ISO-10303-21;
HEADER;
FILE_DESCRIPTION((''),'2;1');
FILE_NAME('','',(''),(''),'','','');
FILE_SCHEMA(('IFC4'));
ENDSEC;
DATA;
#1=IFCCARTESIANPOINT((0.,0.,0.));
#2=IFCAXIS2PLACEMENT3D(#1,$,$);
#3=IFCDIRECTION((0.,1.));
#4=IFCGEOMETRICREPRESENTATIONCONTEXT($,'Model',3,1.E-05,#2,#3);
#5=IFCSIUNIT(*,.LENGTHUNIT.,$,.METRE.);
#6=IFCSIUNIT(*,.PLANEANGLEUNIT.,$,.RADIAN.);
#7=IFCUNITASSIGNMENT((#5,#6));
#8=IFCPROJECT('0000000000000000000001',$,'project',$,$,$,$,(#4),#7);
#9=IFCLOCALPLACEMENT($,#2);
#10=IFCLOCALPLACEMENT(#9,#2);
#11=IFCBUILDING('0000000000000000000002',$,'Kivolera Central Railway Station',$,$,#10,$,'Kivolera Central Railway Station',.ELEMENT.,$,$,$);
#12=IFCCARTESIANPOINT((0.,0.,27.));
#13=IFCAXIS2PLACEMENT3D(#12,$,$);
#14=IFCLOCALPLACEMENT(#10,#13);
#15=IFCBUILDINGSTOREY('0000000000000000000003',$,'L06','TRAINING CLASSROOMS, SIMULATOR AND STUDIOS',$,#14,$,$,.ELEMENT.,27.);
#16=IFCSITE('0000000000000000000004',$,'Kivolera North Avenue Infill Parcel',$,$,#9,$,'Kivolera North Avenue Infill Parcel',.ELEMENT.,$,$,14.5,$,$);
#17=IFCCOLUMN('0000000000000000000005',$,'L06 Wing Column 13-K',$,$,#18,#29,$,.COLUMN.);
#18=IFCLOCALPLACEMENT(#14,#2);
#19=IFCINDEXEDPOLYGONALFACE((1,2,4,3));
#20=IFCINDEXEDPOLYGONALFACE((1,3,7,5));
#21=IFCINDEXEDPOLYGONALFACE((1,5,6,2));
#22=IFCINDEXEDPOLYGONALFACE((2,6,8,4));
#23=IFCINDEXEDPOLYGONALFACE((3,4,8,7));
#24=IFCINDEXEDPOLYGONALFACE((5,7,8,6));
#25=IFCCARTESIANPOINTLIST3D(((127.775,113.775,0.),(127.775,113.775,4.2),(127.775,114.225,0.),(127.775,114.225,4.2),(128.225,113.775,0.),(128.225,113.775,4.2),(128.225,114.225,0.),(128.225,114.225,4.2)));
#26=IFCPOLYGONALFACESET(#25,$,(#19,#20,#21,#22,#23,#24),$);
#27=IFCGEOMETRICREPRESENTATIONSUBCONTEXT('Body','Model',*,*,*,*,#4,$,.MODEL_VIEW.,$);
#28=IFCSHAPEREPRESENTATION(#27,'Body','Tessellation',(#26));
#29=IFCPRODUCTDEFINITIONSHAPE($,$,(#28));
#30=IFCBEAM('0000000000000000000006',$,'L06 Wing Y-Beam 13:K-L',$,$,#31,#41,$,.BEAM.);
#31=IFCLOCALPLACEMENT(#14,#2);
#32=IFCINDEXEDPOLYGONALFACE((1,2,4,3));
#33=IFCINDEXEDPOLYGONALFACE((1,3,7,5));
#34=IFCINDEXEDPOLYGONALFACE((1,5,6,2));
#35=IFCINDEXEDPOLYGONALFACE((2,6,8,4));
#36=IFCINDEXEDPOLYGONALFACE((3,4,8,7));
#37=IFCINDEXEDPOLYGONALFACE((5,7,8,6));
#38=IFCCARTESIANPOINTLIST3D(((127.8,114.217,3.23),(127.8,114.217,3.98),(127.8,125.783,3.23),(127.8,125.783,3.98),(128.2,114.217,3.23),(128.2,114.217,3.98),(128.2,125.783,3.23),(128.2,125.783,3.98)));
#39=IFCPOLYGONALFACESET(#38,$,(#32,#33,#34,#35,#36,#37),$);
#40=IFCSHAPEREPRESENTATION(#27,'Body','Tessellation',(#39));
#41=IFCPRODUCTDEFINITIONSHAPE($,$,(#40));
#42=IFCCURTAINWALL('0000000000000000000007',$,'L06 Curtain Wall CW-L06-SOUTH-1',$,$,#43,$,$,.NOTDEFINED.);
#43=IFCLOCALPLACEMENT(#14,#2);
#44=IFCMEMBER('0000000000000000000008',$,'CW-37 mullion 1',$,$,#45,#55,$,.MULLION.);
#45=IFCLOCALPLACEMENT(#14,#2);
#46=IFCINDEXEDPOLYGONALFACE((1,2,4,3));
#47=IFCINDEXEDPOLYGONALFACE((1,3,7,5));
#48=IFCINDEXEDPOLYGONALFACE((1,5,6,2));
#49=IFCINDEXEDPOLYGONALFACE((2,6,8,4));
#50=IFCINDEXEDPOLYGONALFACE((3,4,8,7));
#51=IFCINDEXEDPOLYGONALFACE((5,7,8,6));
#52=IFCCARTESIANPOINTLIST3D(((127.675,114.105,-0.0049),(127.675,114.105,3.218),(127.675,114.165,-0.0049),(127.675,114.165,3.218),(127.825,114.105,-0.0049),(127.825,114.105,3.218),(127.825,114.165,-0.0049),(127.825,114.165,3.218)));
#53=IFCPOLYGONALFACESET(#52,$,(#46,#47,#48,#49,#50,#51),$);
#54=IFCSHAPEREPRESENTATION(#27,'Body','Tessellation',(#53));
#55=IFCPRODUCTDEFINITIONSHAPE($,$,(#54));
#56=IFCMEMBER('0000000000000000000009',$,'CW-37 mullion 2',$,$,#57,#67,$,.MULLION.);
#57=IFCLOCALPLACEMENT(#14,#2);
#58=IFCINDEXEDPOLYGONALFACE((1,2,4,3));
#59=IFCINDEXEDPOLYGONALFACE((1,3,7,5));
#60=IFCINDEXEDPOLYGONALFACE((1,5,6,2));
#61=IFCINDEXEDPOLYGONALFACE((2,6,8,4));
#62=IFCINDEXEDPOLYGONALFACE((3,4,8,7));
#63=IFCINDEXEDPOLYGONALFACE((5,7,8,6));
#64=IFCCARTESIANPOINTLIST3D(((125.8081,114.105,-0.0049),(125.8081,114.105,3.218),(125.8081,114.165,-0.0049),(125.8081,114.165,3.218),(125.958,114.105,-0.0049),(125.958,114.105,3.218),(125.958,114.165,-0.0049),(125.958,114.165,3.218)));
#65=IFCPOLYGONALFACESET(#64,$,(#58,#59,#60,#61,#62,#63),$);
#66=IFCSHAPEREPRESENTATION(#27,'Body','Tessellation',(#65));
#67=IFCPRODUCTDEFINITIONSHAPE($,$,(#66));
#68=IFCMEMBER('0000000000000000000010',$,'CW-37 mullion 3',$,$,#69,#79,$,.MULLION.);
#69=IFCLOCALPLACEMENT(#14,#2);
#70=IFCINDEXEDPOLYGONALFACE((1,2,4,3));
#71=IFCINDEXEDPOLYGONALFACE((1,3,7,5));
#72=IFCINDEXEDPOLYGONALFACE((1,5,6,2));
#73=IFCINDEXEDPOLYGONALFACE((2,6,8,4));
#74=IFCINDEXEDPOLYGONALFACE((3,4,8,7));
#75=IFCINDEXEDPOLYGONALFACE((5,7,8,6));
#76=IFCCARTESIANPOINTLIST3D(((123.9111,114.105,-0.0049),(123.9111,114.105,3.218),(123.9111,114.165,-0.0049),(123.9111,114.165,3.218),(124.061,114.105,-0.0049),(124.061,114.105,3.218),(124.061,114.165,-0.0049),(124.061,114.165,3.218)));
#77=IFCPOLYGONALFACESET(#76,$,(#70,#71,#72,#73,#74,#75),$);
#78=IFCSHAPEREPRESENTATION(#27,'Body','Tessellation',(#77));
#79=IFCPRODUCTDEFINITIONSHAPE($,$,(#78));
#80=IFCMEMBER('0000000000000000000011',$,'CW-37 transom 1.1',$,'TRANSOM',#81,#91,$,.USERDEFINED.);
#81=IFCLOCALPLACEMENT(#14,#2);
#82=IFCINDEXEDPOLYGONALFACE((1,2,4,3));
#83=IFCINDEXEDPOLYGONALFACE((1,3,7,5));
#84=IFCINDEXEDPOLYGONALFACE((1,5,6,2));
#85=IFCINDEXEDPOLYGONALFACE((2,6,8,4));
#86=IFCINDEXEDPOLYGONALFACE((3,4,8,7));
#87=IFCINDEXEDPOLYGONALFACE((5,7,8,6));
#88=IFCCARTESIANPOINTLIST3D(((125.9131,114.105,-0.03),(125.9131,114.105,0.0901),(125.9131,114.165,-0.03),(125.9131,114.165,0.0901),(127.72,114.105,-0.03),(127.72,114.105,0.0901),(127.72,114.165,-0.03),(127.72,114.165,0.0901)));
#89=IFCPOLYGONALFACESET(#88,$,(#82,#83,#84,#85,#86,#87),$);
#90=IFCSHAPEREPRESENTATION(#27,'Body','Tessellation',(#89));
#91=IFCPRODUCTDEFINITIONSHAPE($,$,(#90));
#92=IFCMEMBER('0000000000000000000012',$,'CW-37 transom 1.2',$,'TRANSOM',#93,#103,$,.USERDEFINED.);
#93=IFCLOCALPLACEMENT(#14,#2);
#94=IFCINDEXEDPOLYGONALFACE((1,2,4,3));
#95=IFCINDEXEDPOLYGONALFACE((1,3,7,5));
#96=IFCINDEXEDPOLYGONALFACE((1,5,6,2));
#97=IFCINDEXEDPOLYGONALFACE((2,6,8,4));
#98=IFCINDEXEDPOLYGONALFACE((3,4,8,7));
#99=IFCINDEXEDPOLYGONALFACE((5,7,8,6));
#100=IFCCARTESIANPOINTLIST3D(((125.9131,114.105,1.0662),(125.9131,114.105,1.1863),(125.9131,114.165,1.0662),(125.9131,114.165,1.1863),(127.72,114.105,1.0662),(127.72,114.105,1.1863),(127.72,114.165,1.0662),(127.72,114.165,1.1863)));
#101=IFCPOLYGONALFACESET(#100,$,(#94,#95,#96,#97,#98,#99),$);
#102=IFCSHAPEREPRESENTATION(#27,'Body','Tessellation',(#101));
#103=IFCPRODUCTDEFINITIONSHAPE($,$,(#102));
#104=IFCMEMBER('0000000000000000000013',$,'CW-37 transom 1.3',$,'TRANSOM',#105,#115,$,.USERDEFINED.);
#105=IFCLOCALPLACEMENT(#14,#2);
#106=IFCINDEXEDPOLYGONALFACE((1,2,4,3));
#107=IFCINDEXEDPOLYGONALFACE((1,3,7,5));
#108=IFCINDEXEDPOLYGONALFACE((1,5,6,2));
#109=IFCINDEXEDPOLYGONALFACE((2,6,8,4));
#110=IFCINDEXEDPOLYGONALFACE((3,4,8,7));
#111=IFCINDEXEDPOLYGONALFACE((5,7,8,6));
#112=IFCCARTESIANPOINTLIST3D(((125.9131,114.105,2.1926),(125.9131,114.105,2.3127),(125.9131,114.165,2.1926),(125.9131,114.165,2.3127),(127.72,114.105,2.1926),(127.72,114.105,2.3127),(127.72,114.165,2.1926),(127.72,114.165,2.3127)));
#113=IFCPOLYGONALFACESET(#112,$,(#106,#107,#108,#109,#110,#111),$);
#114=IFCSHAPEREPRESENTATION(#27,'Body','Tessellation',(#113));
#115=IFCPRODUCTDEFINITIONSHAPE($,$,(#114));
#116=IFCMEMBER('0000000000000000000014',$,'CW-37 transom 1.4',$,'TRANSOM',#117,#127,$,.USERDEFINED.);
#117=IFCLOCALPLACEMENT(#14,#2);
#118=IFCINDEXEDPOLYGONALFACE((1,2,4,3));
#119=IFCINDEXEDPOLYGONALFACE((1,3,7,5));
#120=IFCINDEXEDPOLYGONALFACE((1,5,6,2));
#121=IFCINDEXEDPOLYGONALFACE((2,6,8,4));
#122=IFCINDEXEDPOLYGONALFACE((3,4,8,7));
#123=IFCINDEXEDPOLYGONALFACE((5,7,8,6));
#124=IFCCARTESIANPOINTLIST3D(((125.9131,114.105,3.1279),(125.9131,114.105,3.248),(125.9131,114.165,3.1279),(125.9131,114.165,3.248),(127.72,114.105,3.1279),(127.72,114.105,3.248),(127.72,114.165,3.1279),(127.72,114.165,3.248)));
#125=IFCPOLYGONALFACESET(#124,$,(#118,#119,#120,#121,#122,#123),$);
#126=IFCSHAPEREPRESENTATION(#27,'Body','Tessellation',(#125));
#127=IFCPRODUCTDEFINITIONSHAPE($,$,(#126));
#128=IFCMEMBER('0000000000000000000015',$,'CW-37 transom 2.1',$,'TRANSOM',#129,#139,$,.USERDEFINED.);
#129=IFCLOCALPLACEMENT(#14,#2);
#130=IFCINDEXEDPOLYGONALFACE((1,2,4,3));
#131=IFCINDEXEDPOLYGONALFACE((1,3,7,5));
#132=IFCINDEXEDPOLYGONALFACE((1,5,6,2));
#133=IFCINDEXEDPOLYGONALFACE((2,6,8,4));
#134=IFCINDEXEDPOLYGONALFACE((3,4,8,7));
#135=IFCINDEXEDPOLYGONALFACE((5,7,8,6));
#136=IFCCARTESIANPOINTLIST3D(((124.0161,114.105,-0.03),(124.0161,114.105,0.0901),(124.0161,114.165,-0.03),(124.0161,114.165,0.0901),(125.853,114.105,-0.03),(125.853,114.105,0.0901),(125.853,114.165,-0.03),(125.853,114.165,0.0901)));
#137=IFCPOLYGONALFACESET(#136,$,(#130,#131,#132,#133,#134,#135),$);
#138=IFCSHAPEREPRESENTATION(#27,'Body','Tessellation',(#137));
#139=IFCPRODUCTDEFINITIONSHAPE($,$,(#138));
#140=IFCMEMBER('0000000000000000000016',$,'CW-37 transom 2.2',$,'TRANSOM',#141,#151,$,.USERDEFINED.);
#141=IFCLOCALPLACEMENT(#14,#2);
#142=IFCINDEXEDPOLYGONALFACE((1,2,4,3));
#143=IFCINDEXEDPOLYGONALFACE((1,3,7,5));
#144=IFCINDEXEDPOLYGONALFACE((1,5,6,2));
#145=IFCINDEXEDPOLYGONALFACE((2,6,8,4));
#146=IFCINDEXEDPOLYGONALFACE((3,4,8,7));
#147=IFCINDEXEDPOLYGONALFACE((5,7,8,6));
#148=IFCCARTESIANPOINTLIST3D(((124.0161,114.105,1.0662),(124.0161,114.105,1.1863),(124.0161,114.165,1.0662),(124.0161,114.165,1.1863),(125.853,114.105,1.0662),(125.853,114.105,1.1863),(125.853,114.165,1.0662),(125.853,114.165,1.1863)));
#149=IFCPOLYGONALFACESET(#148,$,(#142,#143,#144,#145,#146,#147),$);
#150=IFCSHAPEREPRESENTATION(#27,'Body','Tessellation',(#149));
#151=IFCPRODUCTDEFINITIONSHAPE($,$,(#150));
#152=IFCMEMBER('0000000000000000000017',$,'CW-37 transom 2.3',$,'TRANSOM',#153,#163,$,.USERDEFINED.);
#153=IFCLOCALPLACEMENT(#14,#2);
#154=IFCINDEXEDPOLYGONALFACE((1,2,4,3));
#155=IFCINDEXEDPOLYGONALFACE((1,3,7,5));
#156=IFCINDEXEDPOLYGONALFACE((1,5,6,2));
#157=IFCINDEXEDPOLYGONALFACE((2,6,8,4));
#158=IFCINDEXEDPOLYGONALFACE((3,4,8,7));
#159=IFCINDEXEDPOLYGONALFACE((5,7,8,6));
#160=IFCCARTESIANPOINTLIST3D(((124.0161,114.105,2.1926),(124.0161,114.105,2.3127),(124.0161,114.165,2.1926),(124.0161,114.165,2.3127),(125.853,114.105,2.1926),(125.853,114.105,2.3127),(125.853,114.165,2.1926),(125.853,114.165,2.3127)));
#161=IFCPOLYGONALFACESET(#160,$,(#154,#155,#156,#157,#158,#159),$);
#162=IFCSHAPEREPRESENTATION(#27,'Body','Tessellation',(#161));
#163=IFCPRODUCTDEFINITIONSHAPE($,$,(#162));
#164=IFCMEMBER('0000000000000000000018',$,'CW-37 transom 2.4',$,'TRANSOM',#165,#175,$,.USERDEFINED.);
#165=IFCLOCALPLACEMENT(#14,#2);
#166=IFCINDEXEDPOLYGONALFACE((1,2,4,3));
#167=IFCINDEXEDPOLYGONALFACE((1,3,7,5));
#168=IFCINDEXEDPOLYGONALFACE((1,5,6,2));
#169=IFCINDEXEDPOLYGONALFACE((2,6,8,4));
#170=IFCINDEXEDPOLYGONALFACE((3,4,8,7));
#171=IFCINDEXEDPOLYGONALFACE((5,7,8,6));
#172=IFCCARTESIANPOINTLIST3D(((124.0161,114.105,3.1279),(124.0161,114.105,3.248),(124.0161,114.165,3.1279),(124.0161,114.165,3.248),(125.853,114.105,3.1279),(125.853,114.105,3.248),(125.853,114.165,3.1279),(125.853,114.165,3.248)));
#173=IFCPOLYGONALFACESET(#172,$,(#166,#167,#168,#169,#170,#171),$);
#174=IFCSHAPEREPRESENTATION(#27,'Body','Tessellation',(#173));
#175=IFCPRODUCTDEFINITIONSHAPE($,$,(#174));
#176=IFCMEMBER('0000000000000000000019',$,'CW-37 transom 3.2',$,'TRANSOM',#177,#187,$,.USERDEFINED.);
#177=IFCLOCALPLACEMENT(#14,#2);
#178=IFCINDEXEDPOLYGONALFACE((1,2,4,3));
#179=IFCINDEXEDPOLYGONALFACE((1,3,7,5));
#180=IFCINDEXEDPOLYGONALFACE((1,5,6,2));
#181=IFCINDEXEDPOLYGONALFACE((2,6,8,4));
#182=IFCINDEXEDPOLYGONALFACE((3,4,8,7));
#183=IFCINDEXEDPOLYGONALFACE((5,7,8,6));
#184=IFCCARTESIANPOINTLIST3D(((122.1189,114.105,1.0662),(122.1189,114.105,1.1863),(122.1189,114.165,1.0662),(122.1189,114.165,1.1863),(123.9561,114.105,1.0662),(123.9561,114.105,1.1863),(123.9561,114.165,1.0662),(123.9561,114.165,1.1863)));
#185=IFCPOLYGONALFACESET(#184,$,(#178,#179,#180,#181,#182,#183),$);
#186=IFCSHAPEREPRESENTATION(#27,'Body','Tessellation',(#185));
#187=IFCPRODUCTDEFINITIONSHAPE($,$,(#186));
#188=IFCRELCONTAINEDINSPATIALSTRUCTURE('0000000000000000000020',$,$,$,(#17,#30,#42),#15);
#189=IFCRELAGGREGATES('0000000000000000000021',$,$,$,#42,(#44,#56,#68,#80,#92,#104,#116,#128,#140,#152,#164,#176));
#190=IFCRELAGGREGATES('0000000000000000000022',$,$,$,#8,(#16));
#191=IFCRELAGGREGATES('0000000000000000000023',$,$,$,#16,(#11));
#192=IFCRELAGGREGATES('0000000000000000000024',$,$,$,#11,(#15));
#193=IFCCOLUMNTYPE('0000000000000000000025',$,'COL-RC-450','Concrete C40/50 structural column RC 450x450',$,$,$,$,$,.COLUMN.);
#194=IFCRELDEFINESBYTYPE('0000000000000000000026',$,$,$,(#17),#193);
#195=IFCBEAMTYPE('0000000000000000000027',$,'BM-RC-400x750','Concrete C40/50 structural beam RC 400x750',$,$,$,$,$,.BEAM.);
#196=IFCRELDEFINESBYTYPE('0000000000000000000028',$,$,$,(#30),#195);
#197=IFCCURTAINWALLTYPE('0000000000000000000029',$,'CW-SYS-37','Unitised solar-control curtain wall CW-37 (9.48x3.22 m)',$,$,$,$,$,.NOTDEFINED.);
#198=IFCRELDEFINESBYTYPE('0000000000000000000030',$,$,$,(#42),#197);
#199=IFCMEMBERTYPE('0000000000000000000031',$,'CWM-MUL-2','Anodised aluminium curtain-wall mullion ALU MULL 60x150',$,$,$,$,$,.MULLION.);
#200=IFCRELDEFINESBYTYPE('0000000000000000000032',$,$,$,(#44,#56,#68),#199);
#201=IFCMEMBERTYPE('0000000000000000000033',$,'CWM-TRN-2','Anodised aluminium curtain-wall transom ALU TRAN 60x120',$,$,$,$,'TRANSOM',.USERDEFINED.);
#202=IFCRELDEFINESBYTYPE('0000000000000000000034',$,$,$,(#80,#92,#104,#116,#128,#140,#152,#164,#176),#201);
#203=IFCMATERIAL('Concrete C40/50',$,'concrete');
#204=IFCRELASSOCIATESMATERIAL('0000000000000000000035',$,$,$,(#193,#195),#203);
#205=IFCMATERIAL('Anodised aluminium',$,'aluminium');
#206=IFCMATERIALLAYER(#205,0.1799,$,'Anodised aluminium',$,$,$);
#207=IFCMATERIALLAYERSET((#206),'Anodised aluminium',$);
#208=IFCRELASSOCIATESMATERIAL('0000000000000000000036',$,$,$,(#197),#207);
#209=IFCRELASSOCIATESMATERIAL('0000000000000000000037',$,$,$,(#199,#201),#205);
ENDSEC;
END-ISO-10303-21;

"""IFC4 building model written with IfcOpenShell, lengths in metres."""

from ifc_helpers import new_model, si_unit, direction, frame, origin, origin_2d, place, context, subcontext, project, spatial, rectangle, extrude, material, layer, layer_set, material_profile, profile_set, type_object, element, aggregate, save


model = new_model("IFC4")

# Units and contexts
model_context = context("Model", 3, precision=1e-05, world=origin(), true_north=direction((0.0, 1.0)))
body_context = subcontext(model_context, "Body", "Model", "MODEL_VIEW")
ifc_project = project(units=[si_unit("LENGTHUNIT", "METRE"), si_unit("PLANEANGLEUNIT", "RADIAN")], contexts=[model_context])

# Site, building, storey
site_placement = place(None, origin())
site = spatial("IfcSite", under=ifc_project, at=site_placement, Name="Kivolera North Avenue Infill Parcel", LongName="Kivolera North Avenue Infill Parcel", CompositionType="ELEMENT", RefElevation=14.5)
building_placement = place(site_placement, origin())
building = spatial("IfcBuilding", under=site, at=building_placement, Name="Kivolera Central Railway Station", LongName="Kivolera Central Railway Station", CompositionType="ELEMENT")
storey_placement = place(building_placement, frame((0.0, 0.0, 27.0)))
storey = spatial("IfcBuildingStorey", under=building, at=storey_placement, Name="L06", Description="TRAINING CLASSROOMS, SIMULATOR AND STUDIOS", CompositionType="ELEMENT", Elevation=27.0)

# Column
ifc_material_1 = material(Name="Concrete C40/50", Category="concrete")
ifc_material_profile_1 = material_profile(ifc_material_1, rectangle(XDim=0.45, YDim=0.45, at=origin_2d()), Name="RC 450x450")
ifc_profile_set_1 = profile_set([ifc_material_profile_1], Name="Concrete C40/50")
column_type = type_object("IfcColumnType", Name="COL-RC-450", Description="Concrete C40/50 structural column RC 450x450", PredefinedType="COLUMN", material=ifc_profile_set_1)
column_placement = place(storey_placement, frame((128.0, 114.0, 0.0), z_axis=(0.0, 0.0, 1.0), x_axis=(1.0, 0.0, 0.0)))
element("IfcColumn", 1, at=column_placement, inside=storey, type_object=column_type, Name="L06 Wing Column 13-K", PredefinedType="COLUMN", context=body_context, shape_type="SweptSolid", body=[
    extrude(rectangle(XDim=0.45, YDim=0.45, at=origin_2d()), origin(), (0.0, 0.0, 1.0), 4.2),
])

# Beam
ifc_material_profile_2 = material_profile(ifc_material_1, rectangle(XDim=0.3999, YDim=0.75, at=origin_2d()), Name="RC 400x750")
ifc_profile_set_2 = profile_set([ifc_material_profile_2], Name="Concrete C40/50")
beam_type = type_object("IfcBeamType", Name="BM-RC-400x750", Description="Concrete C40/50 structural beam RC 400x750", PredefinedType="BEAM", material=ifc_profile_set_2)
beam_placement = place(storey_placement, frame((128.0, 114.217, 3.605), z_axis=(0.0, 1.0, 0.0), x_axis=(-1.0, 0.0, 0.0)))
element("IfcBeam", 2, at=beam_placement, inside=storey, type_object=beam_type, Name="L06 Wing Y-Beam 13:K-L", PredefinedType="BEAM", context=body_context, shape_type="SweptSolid", body=[
    extrude(rectangle(XDim=0.3999, YDim=0.75, at=origin_2d()), origin(), (0.0, 0.0, 1.0), 11.5659),
])

# Curtain wall, members
ifc_material_2 = material(Name="Anodised aluminium", Category="aluminium")
ifc_layer_1 = layer(ifc_material_2, 0.1799, Name="Anodised aluminium")
ifc_layer_set_1 = layer_set([ifc_layer_1], Name="Anodised aluminium")
curtain_wall_type = type_object("IfcCurtainWallType", Name="CW-SYS-37", Description="Unitised solar-control curtain wall CW-37 (9.48x3.22 m)", PredefinedType="NOTDEFINED", material=ifc_layer_set_1)
curtain_wall_placement = place(storey_placement, origin())
curtain_wall = element("IfcCurtainWall", 3, at=curtain_wall_placement, inside=storey, type_object=curtain_wall_type, Name="L06 Curtain Wall CW-L06-SOUTH-1", PredefinedType="NOTDEFINED")
ifc_material_profile_3 = material_profile(ifc_material_2, rectangle(XDim=0.0601, YDim=0.1499, at=origin_2d()), Name="ALU MULL 60x150")
ifc_profile_set_3 = profile_set([ifc_material_profile_3], Name="Anodised aluminium")
member_type_1 = type_object("IfcMemberType", Name="CWM-MUL-2", Description="Anodised aluminium curtain-wall mullion ALU MULL 60x150", PredefinedType="MULLION", material=ifc_profile_set_3)
member_1_placement = place(storey_placement, frame((127.75, 114.135, -0.0049), z_axis=(0.0, 0.0, 1.0), x_axis=(0.0, -1.0, 0.0)))
member_1 = element("IfcMember", 4, at=member_1_placement, type_object=member_type_1, Name="CW-37 mullion 1", PredefinedType="MULLION", context=body_context, shape_type="SweptSolid", body=[
    extrude(rectangle(XDim=0.0601, YDim=0.1499, at=origin_2d()), origin(), (0.0, 0.0, 1.0), 3.2229),
])
member_2_placement = place(storey_placement, frame((125.8831, 114.135, -0.0049), z_axis=(0.0, 0.0, 1.0), x_axis=(0.0, -1.0, 0.0)))
member_2 = element("IfcMember", 5, at=member_2_placement, type_object=member_type_1, Name="CW-37 mullion 2", PredefinedType="MULLION", context=body_context, shape_type="SweptSolid", body=[
    extrude(rectangle(XDim=0.0601, YDim=0.1499, at=origin_2d()), origin(), (0.0, 0.0, 1.0), 3.2229),
])
member_3_placement = place(storey_placement, frame((123.9861, 114.135, -0.0049), z_axis=(0.0, 0.0, 1.0), x_axis=(0.0, -1.0, 0.0)))
member_3 = element("IfcMember", 6, at=member_3_placement, type_object=member_type_1, Name="CW-37 mullion 3", PredefinedType="MULLION", context=body_context, shape_type="SweptSolid", body=[
    extrude(rectangle(XDim=0.0601, YDim=0.1499, at=origin_2d()), origin(), (0.0, 0.0, 1.0), 3.2229),
])
ifc_material_profile_4 = material_profile(ifc_material_2, rectangle(XDim=0.0601, YDim=0.1201, at=origin_2d()), Name="ALU TRAN 60x120")
ifc_profile_set_4 = profile_set([ifc_material_profile_4], Name="Anodised aluminium")
member_type_2 = type_object("IfcMemberType", Name="CWM-TRN-2", Description="Anodised aluminium curtain-wall transom ALU TRAN 60x120", ElementType="TRANSOM", PredefinedType="USERDEFINED", material=ifc_profile_set_4)
member_4_placement = place(storey_placement, frame((127.72, 114.135, 0.03), z_axis=(-1.0, 0.0, 0.0), x_axis=(0.0, -1.0, 0.0)))
member_4 = element("IfcMember", 7, at=member_4_placement, type_object=member_type_2, Name="CW-37 transom 1.1", ObjectType="TRANSOM", PredefinedType="USERDEFINED", context=body_context, shape_type="SweptSolid", body=[
    extrude(rectangle(XDim=0.0601, YDim=0.1201, at=origin_2d()), origin(), (0.0, 0.0, 1.0), 1.8069),
])
member_5_placement = place(storey_placement, frame((127.72, 114.135, 1.1262), z_axis=(-1.0, 0.0, 0.0), x_axis=(0.0, -1.0, 0.0)))
member_5 = element("IfcMember", 8, at=member_5_placement, type_object=member_type_2, Name="CW-37 transom 1.2", ObjectType="TRANSOM", PredefinedType="USERDEFINED", context=body_context, shape_type="SweptSolid", body=[
    extrude(rectangle(XDim=0.0601, YDim=0.1201, at=origin_2d()), origin(), (0.0, 0.0, 1.0), 1.8069),
])
member_6_placement = place(storey_placement, frame((127.72, 114.135, 2.2527), z_axis=(-1.0, 0.0, 0.0), x_axis=(0.0, -1.0, 0.0)))
member_6 = element("IfcMember", 9, at=member_6_placement, type_object=member_type_2, Name="CW-37 transom 1.3", ObjectType="TRANSOM", PredefinedType="USERDEFINED", context=body_context, shape_type="SweptSolid", body=[
    extrude(rectangle(XDim=0.0601, YDim=0.1201, at=origin_2d()), origin(), (0.0, 0.0, 1.0), 1.8069),
])
member_7_placement = place(storey_placement, frame((127.72, 114.135, 3.188), z_axis=(-1.0, 0.0, 0.0), x_axis=(0.0, -1.0, 0.0)))
member_7 = element("IfcMember", 10, at=member_7_placement, type_object=member_type_2, Name="CW-37 transom 1.4", ObjectType="TRANSOM", PredefinedType="USERDEFINED", context=body_context, shape_type="SweptSolid", body=[
    extrude(rectangle(XDim=0.0601, YDim=0.1201, at=origin_2d()), origin(), (0.0, 0.0, 1.0), 1.8069),
])
member_8_placement = place(storey_placement, frame((125.853, 114.135, 0.03), z_axis=(-1.0, 0.0, 0.0), x_axis=(0.0, -1.0, 0.0)))
member_8 = element("IfcMember", 11, at=member_8_placement, type_object=member_type_2, Name="CW-37 transom 2.1", ObjectType="TRANSOM", PredefinedType="USERDEFINED", context=body_context, shape_type="SweptSolid", body=[
    extrude(rectangle(XDim=0.0601, YDim=0.1201, at=origin_2d()), origin(), (0.0, 0.0, 1.0), 1.8369),
])
member_9_placement = place(storey_placement, frame((125.853, 114.135, 1.1262), z_axis=(-1.0, 0.0, 0.0), x_axis=(0.0, -1.0, 0.0)))
member_9 = element("IfcMember", 12, at=member_9_placement, type_object=member_type_2, Name="CW-37 transom 2.2", ObjectType="TRANSOM", PredefinedType="USERDEFINED", context=body_context, shape_type="SweptSolid", body=[
    extrude(rectangle(XDim=0.0601, YDim=0.1201, at=origin_2d()), origin(), (0.0, 0.0, 1.0), 1.8369),
])
member_10_placement = place(storey_placement, frame((125.853, 114.135, 2.2527), z_axis=(-1.0, 0.0, 0.0), x_axis=(0.0, -1.0, 0.0)))
member_10 = element("IfcMember", 13, at=member_10_placement, type_object=member_type_2, Name="CW-37 transom 2.3", ObjectType="TRANSOM", PredefinedType="USERDEFINED", context=body_context, shape_type="SweptSolid", body=[
    extrude(rectangle(XDim=0.0601, YDim=0.1201, at=origin_2d()), origin(), (0.0, 0.0, 1.0), 1.8369),
])
member_11_placement = place(storey_placement, frame((125.853, 114.135, 3.188), z_axis=(-1.0, 0.0, 0.0), x_axis=(0.0, -1.0, 0.0)))
member_11 = element("IfcMember", 14, at=member_11_placement, type_object=member_type_2, Name="CW-37 transom 2.4", ObjectType="TRANSOM", PredefinedType="USERDEFINED", context=body_context, shape_type="SweptSolid", body=[
    extrude(rectangle(XDim=0.0601, YDim=0.1201, at=origin_2d()), origin(), (0.0, 0.0, 1.0), 1.8369),
])
member_12_placement = place(storey_placement, frame((123.9561, 114.135, 1.1262), z_axis=(-1.0, 0.0, 0.0), x_axis=(0.0, -1.0, 0.0)))
member_12 = element("IfcMember", 15, at=member_12_placement, type_object=member_type_2, Name="CW-37 transom 3.2", ObjectType="TRANSOM", PredefinedType="USERDEFINED", context=body_context, shape_type="SweptSolid", body=[
    extrude(rectangle(XDim=0.0601, YDim=0.1201, at=origin_2d()), origin(), (0.0, 0.0, 1.0), 1.8372),
])
aggregate(curtain_wall, [member_1, member_2, member_3, member_4, member_5, member_6, member_7, member_8, member_9, member_10, member_11, member_12])

save(model, "model.ifc")
